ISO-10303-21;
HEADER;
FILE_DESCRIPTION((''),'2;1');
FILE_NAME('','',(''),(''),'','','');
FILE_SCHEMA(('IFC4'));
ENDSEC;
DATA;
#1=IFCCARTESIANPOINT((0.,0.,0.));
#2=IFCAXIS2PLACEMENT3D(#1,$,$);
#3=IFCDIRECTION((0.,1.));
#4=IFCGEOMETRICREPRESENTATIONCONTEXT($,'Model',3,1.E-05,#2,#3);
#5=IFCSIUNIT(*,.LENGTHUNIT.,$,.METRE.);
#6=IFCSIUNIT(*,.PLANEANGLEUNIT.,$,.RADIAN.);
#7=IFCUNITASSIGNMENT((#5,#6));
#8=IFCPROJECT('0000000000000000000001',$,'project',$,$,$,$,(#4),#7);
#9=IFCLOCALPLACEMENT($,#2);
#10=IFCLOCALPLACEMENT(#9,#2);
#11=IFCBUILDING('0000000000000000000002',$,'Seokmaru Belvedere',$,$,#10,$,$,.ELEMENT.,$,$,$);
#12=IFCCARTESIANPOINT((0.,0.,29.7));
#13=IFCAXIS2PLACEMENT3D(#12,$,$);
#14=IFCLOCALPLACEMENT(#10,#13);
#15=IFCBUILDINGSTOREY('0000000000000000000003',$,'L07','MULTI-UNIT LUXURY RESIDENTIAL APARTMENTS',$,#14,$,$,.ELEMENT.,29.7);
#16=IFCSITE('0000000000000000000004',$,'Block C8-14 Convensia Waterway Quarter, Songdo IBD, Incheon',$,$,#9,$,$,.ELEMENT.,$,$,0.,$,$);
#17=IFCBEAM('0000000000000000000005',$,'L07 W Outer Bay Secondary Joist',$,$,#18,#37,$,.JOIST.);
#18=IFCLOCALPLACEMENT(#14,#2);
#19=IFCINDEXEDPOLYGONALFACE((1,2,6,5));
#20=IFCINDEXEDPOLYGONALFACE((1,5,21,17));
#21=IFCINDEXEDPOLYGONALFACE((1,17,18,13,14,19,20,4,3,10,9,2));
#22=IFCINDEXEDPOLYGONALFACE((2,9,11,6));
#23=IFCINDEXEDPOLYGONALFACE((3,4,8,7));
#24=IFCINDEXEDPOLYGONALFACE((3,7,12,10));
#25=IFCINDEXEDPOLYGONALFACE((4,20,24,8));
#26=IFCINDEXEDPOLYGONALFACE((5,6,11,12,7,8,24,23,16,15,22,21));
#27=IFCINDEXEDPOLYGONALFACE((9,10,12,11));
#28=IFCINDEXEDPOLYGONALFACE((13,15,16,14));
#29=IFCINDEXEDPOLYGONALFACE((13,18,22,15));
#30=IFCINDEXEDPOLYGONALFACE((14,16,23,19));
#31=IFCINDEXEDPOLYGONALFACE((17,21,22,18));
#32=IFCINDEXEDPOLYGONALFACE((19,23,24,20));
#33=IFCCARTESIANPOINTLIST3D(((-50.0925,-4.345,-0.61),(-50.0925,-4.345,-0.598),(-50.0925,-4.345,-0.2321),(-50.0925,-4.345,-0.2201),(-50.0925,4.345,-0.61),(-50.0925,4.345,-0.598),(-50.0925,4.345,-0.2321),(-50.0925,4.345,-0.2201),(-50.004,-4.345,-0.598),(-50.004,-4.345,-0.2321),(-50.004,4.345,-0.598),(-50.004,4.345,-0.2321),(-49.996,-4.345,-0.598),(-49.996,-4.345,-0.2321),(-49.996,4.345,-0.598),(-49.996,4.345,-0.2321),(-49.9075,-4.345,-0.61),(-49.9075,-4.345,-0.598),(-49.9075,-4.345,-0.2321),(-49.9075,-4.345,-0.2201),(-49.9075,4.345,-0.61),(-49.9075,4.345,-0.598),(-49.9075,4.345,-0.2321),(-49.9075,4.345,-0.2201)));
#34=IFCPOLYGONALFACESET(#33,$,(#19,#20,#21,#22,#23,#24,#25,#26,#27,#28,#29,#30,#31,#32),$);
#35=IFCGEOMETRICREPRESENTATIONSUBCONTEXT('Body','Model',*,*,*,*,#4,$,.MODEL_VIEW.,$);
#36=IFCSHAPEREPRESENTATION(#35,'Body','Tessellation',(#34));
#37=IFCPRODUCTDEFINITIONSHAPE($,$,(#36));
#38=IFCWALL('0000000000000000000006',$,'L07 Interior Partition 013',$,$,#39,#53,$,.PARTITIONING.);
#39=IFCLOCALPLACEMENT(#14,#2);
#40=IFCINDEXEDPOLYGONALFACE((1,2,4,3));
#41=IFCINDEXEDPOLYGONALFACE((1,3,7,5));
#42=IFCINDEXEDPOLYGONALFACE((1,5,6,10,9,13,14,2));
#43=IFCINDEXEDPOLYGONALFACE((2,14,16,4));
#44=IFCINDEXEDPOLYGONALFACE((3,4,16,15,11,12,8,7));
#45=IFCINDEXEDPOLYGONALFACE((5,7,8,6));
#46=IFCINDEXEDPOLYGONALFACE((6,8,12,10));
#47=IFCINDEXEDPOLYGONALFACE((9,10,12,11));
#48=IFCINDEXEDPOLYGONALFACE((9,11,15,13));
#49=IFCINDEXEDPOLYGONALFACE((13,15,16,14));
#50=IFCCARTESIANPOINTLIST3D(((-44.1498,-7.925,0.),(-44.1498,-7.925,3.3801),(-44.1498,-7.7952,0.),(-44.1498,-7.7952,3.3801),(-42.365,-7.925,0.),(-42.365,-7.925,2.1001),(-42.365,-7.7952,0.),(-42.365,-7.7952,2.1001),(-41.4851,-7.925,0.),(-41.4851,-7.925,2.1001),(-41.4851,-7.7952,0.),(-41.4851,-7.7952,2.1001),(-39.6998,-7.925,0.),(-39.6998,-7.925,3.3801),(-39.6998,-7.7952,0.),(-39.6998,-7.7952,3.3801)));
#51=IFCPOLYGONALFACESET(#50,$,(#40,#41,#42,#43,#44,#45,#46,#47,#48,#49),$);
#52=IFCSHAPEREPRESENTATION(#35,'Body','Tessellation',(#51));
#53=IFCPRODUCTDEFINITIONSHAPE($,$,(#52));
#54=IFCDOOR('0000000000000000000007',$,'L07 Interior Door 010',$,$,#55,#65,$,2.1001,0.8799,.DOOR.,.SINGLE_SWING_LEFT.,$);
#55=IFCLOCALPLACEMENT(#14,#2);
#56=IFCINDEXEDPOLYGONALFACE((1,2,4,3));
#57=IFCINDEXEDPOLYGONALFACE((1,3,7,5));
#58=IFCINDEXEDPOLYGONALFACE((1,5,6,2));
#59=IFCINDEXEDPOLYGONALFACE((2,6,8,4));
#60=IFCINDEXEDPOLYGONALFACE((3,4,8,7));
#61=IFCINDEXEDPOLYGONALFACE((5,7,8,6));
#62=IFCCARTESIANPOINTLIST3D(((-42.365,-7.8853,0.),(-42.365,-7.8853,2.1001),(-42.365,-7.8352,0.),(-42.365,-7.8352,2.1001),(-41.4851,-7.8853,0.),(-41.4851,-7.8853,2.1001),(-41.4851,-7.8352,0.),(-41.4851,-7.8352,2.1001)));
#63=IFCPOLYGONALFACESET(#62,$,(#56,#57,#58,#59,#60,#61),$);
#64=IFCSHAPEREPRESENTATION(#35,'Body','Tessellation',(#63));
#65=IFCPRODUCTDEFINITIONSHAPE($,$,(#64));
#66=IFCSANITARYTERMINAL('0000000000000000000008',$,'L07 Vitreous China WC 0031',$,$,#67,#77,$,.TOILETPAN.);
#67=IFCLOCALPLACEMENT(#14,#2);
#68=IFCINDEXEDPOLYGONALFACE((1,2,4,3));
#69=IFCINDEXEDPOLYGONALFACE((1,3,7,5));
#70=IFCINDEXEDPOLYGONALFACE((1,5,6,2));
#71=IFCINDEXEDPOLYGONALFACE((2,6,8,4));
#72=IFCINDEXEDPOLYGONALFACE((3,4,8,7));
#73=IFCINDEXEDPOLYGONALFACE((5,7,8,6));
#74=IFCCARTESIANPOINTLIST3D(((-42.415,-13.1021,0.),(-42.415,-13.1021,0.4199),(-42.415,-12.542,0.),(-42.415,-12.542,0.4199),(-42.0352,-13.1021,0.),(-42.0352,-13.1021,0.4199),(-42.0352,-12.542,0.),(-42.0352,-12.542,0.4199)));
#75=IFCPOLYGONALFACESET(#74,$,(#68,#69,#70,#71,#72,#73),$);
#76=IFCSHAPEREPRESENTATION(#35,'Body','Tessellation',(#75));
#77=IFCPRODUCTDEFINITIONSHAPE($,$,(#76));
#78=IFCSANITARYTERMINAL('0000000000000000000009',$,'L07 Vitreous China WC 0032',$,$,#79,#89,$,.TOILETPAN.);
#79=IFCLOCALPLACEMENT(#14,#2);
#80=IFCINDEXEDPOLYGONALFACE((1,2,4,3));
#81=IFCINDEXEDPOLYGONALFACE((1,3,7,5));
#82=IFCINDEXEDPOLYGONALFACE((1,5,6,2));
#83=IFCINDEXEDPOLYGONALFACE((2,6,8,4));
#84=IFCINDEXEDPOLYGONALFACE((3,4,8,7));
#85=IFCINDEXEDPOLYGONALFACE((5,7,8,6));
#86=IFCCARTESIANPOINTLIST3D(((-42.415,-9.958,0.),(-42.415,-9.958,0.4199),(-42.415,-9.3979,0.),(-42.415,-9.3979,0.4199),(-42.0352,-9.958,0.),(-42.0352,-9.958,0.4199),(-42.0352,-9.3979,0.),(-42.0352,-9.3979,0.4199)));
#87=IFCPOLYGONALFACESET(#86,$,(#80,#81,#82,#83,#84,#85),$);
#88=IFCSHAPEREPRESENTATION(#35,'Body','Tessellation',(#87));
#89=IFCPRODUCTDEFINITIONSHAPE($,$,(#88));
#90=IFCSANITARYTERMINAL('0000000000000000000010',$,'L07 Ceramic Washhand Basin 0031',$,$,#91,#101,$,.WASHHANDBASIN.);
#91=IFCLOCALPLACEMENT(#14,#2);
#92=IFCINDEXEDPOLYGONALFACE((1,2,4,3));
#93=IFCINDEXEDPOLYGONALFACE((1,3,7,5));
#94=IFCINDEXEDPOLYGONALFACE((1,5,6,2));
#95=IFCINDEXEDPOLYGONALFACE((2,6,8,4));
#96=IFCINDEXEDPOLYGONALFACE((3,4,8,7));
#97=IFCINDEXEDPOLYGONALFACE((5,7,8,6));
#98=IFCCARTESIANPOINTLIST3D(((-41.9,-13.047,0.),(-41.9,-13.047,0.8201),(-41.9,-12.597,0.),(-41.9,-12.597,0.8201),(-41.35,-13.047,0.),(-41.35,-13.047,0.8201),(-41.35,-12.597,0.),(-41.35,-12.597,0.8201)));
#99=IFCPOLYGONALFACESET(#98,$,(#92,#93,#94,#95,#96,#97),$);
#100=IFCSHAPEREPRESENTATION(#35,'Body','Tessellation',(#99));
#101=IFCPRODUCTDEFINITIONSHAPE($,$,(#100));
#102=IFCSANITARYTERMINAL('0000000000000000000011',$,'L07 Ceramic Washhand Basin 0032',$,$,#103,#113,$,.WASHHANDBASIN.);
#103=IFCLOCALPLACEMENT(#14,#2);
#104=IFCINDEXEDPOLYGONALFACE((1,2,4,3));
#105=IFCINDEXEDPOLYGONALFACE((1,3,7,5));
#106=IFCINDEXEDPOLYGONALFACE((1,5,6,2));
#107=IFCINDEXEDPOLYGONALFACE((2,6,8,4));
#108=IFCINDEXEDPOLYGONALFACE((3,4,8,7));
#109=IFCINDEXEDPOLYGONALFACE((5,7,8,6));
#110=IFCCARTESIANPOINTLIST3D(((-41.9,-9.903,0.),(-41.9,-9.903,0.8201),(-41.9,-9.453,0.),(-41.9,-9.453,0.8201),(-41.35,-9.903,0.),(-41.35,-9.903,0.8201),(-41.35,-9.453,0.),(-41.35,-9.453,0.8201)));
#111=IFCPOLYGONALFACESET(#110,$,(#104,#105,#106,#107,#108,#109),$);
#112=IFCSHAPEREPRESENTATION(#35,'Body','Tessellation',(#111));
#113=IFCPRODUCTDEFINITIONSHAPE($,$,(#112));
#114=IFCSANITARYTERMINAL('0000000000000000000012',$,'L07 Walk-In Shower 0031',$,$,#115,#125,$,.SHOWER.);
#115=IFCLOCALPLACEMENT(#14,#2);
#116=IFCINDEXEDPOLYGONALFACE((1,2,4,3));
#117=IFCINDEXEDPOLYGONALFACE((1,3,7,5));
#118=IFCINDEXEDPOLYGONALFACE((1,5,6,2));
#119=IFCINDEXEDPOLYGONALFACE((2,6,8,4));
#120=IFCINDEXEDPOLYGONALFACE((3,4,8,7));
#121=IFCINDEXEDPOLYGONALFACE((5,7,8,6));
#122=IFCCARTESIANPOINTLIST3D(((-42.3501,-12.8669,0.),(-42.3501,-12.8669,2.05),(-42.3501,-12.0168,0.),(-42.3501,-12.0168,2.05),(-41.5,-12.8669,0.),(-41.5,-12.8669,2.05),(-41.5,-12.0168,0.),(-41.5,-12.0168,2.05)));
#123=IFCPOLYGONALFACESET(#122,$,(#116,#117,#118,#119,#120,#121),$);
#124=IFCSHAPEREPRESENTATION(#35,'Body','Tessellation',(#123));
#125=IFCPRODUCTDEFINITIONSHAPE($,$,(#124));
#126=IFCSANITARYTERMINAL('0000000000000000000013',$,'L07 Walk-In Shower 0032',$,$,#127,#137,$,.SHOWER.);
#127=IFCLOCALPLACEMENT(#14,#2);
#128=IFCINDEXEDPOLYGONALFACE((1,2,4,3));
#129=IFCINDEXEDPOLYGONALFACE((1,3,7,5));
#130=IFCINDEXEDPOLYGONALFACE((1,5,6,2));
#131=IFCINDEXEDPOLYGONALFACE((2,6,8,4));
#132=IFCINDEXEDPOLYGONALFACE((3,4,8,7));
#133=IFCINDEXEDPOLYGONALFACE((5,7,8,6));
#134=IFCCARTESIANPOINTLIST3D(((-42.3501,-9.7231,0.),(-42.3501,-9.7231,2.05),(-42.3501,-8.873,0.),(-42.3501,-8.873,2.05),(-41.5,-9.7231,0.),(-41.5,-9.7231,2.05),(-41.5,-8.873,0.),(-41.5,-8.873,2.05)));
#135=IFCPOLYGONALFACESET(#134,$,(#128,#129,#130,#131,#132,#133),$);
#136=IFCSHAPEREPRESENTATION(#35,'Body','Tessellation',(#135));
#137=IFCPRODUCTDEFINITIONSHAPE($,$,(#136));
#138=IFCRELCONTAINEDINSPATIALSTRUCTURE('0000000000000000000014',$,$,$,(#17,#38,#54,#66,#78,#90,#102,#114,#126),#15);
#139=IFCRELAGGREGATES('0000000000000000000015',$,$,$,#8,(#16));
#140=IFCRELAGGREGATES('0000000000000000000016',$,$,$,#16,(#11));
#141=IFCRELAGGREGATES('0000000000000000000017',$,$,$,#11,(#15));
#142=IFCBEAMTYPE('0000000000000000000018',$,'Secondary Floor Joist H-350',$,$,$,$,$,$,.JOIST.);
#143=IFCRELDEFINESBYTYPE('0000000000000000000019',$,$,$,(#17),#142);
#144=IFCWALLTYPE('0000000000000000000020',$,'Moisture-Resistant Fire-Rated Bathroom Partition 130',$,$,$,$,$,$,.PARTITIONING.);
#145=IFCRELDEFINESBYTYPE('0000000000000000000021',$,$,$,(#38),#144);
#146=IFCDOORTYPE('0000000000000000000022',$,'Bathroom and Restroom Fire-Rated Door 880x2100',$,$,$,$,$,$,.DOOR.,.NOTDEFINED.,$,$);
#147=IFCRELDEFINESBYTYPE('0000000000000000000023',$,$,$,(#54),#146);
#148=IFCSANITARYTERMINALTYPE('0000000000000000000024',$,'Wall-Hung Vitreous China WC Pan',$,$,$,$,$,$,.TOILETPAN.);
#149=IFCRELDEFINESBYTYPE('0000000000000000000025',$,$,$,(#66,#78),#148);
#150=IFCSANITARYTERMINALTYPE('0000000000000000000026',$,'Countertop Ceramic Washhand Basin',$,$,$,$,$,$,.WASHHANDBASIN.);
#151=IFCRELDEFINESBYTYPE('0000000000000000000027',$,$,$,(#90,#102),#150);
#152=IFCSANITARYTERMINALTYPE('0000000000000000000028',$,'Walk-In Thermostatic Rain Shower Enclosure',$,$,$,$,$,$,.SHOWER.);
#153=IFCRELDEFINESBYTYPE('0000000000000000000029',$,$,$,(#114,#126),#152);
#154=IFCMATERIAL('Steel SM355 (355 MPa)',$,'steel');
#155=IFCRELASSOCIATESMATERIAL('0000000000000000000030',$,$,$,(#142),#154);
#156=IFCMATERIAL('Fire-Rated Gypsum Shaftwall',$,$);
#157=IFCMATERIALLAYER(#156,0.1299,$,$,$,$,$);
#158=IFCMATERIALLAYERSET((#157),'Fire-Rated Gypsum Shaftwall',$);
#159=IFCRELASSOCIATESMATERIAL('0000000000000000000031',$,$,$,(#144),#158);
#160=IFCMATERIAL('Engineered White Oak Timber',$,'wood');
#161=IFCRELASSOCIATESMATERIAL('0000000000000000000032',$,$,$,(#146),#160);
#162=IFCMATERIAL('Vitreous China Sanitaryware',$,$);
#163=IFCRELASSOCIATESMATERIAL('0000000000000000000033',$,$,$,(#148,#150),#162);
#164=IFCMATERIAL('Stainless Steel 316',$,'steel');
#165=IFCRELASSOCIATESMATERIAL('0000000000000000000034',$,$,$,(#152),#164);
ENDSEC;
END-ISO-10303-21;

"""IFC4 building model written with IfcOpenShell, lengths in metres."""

from ifc_helpers import new_model, si_unit, direction, frame, frame_2d, origin, origin_2d, place, context, subcontext, project, spatial, rectangle, i_section, extrude, source, transform, mapped, material, layer, layer_set, material_profile, profile_set, type_object, type_shapes, element, fill, save


model = new_model("IFC4")

# Units and contexts
model_context = context("Model", 3, precision=1e-05, world=origin(), true_north=direction((0.0, 1.0)))
body_context = subcontext(model_context, "Body", "Model", "MODEL_VIEW")
ifc_project = project(units=[si_unit("LENGTHUNIT", "METRE"), si_unit("PLANEANGLEUNIT", "RADIAN")], contexts=[model_context])

# Site, building, storey
site_placement = place(None, origin())
site = spatial("IfcSite", under=ifc_project, at=site_placement, Name="Block C8-14 Convensia Waterway Quarter, Songdo IBD, Incheon", CompositionType="ELEMENT", RefElevation=0.0)
building_placement = place(site_placement, origin())
building = spatial("IfcBuilding", under=site, at=building_placement, Name="Seokmaru Belvedere", CompositionType="ELEMENT")
storey_placement = place(building_placement, frame((0.0, 0.0, 29.7)))
storey = spatial("IfcBuildingStorey", under=building, at=storey_placement, Name="L07", Description="MULTI-UNIT LUXURY RESIDENTIAL APARTMENTS", CompositionType="ELEMENT", Elevation=29.7)

# Beam
ifc_material_1 = material(Name="Steel SM355 (355 MPa)", Category="steel")
ifc_material_profile_1 = material_profile(ifc_material_1, i_section(OverallWidth=0.1851, OverallDepth=0.3899, WebThickness=0.0081, FlangeThickness=0.012, at=origin_2d()), Name="H-390x185x8x12")
ifc_profile_set_1 = profile_set([ifc_material_profile_1], Name="Steel SM355 (355 MPa)")
beam_type_1 = type_object("IfcBeamType", Name="Secondary Floor Joist H-350", PredefinedType="JOIST", material=ifc_profile_set_1)
shared_shape_1 = source(origin(), body_context, "Body", "SweptSolid", [
    extrude(i_section(OverallWidth=0.1851, OverallDepth=0.3899, WebThickness=0.0081, FlangeThickness=0.012, at=origin_2d()), origin(), (0.0, 0.0, 1.0), 8.6899),
])
type_shapes(beam_type_1, [shared_shape_1])
for number, where, z_axis, x_axis, name in (
    (1, (-50.0, -4.345, -0.415), (0.0, 1.0, 0.0), (-1.0, 0.0, 0.0), "L07 W Outer Bay Secondary Joist"),
):
    element("IfcBeam", number, at=place(storey_placement, frame(where, z_axis=z_axis, x_axis=x_axis)), inside=storey, type_object=beam_type_1, Name=name, PredefinedType="JOIST", context=body_context, shape_type="MappedRepresentation", body=[
        mapped(shared_shape_1, transform((0.0, 0.0, 0.0), scale=1.0)),
    ])

# Wall, opening, door
ifc_material_2 = material(Name="Fire-Rated Gypsum Shaftwall")
ifc_layer = layer(ifc_material_2, 0.1299)
ifc_layer_set = layer_set([ifc_layer], Name="Fire-Rated Gypsum Shaftwall")
wall_type = type_object("IfcWallType", Name="Moisture-Resistant Fire-Rated Bathroom Partition 130", PredefinedType="PARTITIONING", material=ifc_layer_set)
wall_placement = place(storey_placement, frame((-44.1499, -7.8601, 0.0), z_axis=(0.0, 0.0, 1.0), x_axis=(1.0, 0.0, 0.0)))
wall = element("IfcWall", 2, at=wall_placement, inside=storey, type_object=wall_type, Name="L07 Interior Partition 013", PredefinedType="PARTITIONING", context=body_context, shape_type="SweptSolid", body=[
    extrude(rectangle(XDim=4.45, YDim=0.1299, at=frame_2d((2.2251, 0.0))), origin(), (0.0, 0.0, 1.0), 3.3801),
])
opening_placement = place(wall_placement, frame((1.7849, 0.0, 0.0)))
opening = element("IfcOpeningElement", 3, at=opening_placement, cuts=wall, PredefinedType="OPENING", context=body_context, shape_type="SweptSolid", body=[
    extrude(rectangle(XDim=0.8799, YDim=2.1001, at=frame_2d((0.4399, 1.05))), frame((0.0, 0.075, 0.0), z_axis=(0.0, -1.0, 0.0), x_axis=(1.0, 0.0, 0.0)), (0.0, 0.0, 1.0), 0.1499),
])
ifc_material_3 = material(Name="Engineered White Oak Timber", Category="wood")
door_type = type_object("IfcDoorType", Name="Bathroom and Restroom Fire-Rated Door 880x2100", OperationType="NOTDEFINED", PredefinedType="DOOR", material=ifc_material_3)
shared_shape_2 = source(origin(), body_context, "Body", "SweptSolid", [
    extrude(rectangle(XDim=0.8799, YDim=2.1001, at=frame_2d((0.4399, 1.05))), frame((0.0, 0.0249, 0.0), z_axis=(0.0, -1.0, 0.0), x_axis=(1.0, 0.0, 0.0)), (0.0, 0.0, 1.0), 0.05),
])
type_shapes(door_type, [shared_shape_2])
door_placement = place(opening_placement, origin())
door = element("IfcDoor", 4, at=door_placement, inside=storey, type_object=door_type, Name="L07 Interior Door 010", OperationType="SINGLE_SWING_LEFT", OverallHeight=2.1001, OverallWidth=0.8799, PredefinedType="DOOR", context=body_context, shape_type="MappedRepresentation", body=[
    mapped(shared_shape_2, transform((0.0, 0.0, 0.0), scale=1.0)),
])
fill(opening, door)

# Sanitary terminals
ifc_material_4 = material(Name="Vitreous China Sanitaryware")
sanitary_terminal_type_1 = type_object("IfcSanitaryTerminalType", Name="Wall-Hung Vitreous China WC Pan", PredefinedType="TOILETPAN", material=ifc_material_4)
shared_shape_3 = source(origin(), body_context, "Body", "SweptSolid", [
    extrude(rectangle(XDim=0.3799, YDim=0.5601, at=origin_2d()), origin(), (0.0, 0.0, 1.0), 0.4199),
])
type_shapes(sanitary_terminal_type_1, [shared_shape_3])
for number, where, z_axis, x_axis, name in (
    (5, (-42.2251, -12.822, 0.0), (0.0, 0.0, 1.0), (1.0, 0.0, 0.0), "L07 Vitreous China WC 0031"),
    (6, (-42.2251, -9.678, 0.0), (0.0, 0.0, 1.0), (1.0, 0.0, 0.0), "L07 Vitreous China WC 0032"),
):
    element("IfcSanitaryTerminal", number, at=place(storey_placement, frame(where, z_axis=z_axis, x_axis=x_axis)), inside=storey, type_object=sanitary_terminal_type_1, Name=name, PredefinedType="TOILETPAN", context=body_context, shape_type="MappedRepresentation", body=[
        mapped(shared_shape_3, transform((0.0, 0.0, 0.0), scale=1.0)),
    ])
sanitary_terminal_type_2 = type_object("IfcSanitaryTerminalType", Name="Countertop Ceramic Washhand Basin", PredefinedType="WASHHANDBASIN", material=ifc_material_4)
shared_shape_4 = source(origin(), body_context, "Body", "SweptSolid", [
    extrude(rectangle(XDim=0.55, YDim=0.45, at=origin_2d()), origin(), (0.0, 0.0, 1.0), 0.8201),
])
type_shapes(sanitary_terminal_type_2, [shared_shape_4])
for number, where, z_axis, x_axis, name in (
    (7, (-41.625, -12.822, 0.0), (0.0, 0.0, 1.0), (1.0, 0.0, 0.0), "L07 Ceramic Washhand Basin 0031"),
    (8, (-41.625, -9.678, 0.0), (0.0, 0.0, 1.0), (1.0, 0.0, 0.0), "L07 Ceramic Washhand Basin 0032"),
):
    element("IfcSanitaryTerminal", number, at=place(storey_placement, frame(where, z_axis=z_axis, x_axis=x_axis)), inside=storey, type_object=sanitary_terminal_type_2, Name=name, PredefinedType="WASHHANDBASIN", context=body_context, shape_type="MappedRepresentation", body=[
        mapped(shared_shape_4, transform((0.0, 0.0, 0.0), scale=1.0)),
    ])
ifc_material_5 = material(Name="Stainless Steel 316", Category="steel")
sanitary_terminal_type_3 = type_object("IfcSanitaryTerminalType", Name="Walk-In Thermostatic Rain Shower Enclosure", PredefinedType="SHOWER", material=ifc_material_5)
shared_shape_5 = source(origin(), body_context, "Body", "SweptSolid", [
    extrude(rectangle(XDim=0.8501, YDim=0.8501, at=origin_2d()), origin(), (0.0, 0.0, 1.0), 2.05),
])
type_shapes(sanitary_terminal_type_3, [shared_shape_5])
for number, where, z_axis, x_axis, name in (
    (9, (-41.925, -12.4419, 0.0), (0.0, 0.0, 1.0), (1.0, 0.0, 0.0), "L07 Walk-In Shower 0031"),
    (10, (-41.925, -9.2981, 0.0), (0.0, 0.0, 1.0), (1.0, 0.0, 0.0), "L07 Walk-In Shower 0032"),
):
    element("IfcSanitaryTerminal", number, at=place(storey_placement, frame(where, z_axis=z_axis, x_axis=x_axis)), inside=storey, type_object=sanitary_terminal_type_3, Name=name, PredefinedType="SHOWER", context=body_context, shape_type="MappedRepresentation", body=[
        mapped(shared_shape_5, transform((0.0, 0.0, 0.0), scale=1.0)),
    ])

save(model, "model.ifc")
